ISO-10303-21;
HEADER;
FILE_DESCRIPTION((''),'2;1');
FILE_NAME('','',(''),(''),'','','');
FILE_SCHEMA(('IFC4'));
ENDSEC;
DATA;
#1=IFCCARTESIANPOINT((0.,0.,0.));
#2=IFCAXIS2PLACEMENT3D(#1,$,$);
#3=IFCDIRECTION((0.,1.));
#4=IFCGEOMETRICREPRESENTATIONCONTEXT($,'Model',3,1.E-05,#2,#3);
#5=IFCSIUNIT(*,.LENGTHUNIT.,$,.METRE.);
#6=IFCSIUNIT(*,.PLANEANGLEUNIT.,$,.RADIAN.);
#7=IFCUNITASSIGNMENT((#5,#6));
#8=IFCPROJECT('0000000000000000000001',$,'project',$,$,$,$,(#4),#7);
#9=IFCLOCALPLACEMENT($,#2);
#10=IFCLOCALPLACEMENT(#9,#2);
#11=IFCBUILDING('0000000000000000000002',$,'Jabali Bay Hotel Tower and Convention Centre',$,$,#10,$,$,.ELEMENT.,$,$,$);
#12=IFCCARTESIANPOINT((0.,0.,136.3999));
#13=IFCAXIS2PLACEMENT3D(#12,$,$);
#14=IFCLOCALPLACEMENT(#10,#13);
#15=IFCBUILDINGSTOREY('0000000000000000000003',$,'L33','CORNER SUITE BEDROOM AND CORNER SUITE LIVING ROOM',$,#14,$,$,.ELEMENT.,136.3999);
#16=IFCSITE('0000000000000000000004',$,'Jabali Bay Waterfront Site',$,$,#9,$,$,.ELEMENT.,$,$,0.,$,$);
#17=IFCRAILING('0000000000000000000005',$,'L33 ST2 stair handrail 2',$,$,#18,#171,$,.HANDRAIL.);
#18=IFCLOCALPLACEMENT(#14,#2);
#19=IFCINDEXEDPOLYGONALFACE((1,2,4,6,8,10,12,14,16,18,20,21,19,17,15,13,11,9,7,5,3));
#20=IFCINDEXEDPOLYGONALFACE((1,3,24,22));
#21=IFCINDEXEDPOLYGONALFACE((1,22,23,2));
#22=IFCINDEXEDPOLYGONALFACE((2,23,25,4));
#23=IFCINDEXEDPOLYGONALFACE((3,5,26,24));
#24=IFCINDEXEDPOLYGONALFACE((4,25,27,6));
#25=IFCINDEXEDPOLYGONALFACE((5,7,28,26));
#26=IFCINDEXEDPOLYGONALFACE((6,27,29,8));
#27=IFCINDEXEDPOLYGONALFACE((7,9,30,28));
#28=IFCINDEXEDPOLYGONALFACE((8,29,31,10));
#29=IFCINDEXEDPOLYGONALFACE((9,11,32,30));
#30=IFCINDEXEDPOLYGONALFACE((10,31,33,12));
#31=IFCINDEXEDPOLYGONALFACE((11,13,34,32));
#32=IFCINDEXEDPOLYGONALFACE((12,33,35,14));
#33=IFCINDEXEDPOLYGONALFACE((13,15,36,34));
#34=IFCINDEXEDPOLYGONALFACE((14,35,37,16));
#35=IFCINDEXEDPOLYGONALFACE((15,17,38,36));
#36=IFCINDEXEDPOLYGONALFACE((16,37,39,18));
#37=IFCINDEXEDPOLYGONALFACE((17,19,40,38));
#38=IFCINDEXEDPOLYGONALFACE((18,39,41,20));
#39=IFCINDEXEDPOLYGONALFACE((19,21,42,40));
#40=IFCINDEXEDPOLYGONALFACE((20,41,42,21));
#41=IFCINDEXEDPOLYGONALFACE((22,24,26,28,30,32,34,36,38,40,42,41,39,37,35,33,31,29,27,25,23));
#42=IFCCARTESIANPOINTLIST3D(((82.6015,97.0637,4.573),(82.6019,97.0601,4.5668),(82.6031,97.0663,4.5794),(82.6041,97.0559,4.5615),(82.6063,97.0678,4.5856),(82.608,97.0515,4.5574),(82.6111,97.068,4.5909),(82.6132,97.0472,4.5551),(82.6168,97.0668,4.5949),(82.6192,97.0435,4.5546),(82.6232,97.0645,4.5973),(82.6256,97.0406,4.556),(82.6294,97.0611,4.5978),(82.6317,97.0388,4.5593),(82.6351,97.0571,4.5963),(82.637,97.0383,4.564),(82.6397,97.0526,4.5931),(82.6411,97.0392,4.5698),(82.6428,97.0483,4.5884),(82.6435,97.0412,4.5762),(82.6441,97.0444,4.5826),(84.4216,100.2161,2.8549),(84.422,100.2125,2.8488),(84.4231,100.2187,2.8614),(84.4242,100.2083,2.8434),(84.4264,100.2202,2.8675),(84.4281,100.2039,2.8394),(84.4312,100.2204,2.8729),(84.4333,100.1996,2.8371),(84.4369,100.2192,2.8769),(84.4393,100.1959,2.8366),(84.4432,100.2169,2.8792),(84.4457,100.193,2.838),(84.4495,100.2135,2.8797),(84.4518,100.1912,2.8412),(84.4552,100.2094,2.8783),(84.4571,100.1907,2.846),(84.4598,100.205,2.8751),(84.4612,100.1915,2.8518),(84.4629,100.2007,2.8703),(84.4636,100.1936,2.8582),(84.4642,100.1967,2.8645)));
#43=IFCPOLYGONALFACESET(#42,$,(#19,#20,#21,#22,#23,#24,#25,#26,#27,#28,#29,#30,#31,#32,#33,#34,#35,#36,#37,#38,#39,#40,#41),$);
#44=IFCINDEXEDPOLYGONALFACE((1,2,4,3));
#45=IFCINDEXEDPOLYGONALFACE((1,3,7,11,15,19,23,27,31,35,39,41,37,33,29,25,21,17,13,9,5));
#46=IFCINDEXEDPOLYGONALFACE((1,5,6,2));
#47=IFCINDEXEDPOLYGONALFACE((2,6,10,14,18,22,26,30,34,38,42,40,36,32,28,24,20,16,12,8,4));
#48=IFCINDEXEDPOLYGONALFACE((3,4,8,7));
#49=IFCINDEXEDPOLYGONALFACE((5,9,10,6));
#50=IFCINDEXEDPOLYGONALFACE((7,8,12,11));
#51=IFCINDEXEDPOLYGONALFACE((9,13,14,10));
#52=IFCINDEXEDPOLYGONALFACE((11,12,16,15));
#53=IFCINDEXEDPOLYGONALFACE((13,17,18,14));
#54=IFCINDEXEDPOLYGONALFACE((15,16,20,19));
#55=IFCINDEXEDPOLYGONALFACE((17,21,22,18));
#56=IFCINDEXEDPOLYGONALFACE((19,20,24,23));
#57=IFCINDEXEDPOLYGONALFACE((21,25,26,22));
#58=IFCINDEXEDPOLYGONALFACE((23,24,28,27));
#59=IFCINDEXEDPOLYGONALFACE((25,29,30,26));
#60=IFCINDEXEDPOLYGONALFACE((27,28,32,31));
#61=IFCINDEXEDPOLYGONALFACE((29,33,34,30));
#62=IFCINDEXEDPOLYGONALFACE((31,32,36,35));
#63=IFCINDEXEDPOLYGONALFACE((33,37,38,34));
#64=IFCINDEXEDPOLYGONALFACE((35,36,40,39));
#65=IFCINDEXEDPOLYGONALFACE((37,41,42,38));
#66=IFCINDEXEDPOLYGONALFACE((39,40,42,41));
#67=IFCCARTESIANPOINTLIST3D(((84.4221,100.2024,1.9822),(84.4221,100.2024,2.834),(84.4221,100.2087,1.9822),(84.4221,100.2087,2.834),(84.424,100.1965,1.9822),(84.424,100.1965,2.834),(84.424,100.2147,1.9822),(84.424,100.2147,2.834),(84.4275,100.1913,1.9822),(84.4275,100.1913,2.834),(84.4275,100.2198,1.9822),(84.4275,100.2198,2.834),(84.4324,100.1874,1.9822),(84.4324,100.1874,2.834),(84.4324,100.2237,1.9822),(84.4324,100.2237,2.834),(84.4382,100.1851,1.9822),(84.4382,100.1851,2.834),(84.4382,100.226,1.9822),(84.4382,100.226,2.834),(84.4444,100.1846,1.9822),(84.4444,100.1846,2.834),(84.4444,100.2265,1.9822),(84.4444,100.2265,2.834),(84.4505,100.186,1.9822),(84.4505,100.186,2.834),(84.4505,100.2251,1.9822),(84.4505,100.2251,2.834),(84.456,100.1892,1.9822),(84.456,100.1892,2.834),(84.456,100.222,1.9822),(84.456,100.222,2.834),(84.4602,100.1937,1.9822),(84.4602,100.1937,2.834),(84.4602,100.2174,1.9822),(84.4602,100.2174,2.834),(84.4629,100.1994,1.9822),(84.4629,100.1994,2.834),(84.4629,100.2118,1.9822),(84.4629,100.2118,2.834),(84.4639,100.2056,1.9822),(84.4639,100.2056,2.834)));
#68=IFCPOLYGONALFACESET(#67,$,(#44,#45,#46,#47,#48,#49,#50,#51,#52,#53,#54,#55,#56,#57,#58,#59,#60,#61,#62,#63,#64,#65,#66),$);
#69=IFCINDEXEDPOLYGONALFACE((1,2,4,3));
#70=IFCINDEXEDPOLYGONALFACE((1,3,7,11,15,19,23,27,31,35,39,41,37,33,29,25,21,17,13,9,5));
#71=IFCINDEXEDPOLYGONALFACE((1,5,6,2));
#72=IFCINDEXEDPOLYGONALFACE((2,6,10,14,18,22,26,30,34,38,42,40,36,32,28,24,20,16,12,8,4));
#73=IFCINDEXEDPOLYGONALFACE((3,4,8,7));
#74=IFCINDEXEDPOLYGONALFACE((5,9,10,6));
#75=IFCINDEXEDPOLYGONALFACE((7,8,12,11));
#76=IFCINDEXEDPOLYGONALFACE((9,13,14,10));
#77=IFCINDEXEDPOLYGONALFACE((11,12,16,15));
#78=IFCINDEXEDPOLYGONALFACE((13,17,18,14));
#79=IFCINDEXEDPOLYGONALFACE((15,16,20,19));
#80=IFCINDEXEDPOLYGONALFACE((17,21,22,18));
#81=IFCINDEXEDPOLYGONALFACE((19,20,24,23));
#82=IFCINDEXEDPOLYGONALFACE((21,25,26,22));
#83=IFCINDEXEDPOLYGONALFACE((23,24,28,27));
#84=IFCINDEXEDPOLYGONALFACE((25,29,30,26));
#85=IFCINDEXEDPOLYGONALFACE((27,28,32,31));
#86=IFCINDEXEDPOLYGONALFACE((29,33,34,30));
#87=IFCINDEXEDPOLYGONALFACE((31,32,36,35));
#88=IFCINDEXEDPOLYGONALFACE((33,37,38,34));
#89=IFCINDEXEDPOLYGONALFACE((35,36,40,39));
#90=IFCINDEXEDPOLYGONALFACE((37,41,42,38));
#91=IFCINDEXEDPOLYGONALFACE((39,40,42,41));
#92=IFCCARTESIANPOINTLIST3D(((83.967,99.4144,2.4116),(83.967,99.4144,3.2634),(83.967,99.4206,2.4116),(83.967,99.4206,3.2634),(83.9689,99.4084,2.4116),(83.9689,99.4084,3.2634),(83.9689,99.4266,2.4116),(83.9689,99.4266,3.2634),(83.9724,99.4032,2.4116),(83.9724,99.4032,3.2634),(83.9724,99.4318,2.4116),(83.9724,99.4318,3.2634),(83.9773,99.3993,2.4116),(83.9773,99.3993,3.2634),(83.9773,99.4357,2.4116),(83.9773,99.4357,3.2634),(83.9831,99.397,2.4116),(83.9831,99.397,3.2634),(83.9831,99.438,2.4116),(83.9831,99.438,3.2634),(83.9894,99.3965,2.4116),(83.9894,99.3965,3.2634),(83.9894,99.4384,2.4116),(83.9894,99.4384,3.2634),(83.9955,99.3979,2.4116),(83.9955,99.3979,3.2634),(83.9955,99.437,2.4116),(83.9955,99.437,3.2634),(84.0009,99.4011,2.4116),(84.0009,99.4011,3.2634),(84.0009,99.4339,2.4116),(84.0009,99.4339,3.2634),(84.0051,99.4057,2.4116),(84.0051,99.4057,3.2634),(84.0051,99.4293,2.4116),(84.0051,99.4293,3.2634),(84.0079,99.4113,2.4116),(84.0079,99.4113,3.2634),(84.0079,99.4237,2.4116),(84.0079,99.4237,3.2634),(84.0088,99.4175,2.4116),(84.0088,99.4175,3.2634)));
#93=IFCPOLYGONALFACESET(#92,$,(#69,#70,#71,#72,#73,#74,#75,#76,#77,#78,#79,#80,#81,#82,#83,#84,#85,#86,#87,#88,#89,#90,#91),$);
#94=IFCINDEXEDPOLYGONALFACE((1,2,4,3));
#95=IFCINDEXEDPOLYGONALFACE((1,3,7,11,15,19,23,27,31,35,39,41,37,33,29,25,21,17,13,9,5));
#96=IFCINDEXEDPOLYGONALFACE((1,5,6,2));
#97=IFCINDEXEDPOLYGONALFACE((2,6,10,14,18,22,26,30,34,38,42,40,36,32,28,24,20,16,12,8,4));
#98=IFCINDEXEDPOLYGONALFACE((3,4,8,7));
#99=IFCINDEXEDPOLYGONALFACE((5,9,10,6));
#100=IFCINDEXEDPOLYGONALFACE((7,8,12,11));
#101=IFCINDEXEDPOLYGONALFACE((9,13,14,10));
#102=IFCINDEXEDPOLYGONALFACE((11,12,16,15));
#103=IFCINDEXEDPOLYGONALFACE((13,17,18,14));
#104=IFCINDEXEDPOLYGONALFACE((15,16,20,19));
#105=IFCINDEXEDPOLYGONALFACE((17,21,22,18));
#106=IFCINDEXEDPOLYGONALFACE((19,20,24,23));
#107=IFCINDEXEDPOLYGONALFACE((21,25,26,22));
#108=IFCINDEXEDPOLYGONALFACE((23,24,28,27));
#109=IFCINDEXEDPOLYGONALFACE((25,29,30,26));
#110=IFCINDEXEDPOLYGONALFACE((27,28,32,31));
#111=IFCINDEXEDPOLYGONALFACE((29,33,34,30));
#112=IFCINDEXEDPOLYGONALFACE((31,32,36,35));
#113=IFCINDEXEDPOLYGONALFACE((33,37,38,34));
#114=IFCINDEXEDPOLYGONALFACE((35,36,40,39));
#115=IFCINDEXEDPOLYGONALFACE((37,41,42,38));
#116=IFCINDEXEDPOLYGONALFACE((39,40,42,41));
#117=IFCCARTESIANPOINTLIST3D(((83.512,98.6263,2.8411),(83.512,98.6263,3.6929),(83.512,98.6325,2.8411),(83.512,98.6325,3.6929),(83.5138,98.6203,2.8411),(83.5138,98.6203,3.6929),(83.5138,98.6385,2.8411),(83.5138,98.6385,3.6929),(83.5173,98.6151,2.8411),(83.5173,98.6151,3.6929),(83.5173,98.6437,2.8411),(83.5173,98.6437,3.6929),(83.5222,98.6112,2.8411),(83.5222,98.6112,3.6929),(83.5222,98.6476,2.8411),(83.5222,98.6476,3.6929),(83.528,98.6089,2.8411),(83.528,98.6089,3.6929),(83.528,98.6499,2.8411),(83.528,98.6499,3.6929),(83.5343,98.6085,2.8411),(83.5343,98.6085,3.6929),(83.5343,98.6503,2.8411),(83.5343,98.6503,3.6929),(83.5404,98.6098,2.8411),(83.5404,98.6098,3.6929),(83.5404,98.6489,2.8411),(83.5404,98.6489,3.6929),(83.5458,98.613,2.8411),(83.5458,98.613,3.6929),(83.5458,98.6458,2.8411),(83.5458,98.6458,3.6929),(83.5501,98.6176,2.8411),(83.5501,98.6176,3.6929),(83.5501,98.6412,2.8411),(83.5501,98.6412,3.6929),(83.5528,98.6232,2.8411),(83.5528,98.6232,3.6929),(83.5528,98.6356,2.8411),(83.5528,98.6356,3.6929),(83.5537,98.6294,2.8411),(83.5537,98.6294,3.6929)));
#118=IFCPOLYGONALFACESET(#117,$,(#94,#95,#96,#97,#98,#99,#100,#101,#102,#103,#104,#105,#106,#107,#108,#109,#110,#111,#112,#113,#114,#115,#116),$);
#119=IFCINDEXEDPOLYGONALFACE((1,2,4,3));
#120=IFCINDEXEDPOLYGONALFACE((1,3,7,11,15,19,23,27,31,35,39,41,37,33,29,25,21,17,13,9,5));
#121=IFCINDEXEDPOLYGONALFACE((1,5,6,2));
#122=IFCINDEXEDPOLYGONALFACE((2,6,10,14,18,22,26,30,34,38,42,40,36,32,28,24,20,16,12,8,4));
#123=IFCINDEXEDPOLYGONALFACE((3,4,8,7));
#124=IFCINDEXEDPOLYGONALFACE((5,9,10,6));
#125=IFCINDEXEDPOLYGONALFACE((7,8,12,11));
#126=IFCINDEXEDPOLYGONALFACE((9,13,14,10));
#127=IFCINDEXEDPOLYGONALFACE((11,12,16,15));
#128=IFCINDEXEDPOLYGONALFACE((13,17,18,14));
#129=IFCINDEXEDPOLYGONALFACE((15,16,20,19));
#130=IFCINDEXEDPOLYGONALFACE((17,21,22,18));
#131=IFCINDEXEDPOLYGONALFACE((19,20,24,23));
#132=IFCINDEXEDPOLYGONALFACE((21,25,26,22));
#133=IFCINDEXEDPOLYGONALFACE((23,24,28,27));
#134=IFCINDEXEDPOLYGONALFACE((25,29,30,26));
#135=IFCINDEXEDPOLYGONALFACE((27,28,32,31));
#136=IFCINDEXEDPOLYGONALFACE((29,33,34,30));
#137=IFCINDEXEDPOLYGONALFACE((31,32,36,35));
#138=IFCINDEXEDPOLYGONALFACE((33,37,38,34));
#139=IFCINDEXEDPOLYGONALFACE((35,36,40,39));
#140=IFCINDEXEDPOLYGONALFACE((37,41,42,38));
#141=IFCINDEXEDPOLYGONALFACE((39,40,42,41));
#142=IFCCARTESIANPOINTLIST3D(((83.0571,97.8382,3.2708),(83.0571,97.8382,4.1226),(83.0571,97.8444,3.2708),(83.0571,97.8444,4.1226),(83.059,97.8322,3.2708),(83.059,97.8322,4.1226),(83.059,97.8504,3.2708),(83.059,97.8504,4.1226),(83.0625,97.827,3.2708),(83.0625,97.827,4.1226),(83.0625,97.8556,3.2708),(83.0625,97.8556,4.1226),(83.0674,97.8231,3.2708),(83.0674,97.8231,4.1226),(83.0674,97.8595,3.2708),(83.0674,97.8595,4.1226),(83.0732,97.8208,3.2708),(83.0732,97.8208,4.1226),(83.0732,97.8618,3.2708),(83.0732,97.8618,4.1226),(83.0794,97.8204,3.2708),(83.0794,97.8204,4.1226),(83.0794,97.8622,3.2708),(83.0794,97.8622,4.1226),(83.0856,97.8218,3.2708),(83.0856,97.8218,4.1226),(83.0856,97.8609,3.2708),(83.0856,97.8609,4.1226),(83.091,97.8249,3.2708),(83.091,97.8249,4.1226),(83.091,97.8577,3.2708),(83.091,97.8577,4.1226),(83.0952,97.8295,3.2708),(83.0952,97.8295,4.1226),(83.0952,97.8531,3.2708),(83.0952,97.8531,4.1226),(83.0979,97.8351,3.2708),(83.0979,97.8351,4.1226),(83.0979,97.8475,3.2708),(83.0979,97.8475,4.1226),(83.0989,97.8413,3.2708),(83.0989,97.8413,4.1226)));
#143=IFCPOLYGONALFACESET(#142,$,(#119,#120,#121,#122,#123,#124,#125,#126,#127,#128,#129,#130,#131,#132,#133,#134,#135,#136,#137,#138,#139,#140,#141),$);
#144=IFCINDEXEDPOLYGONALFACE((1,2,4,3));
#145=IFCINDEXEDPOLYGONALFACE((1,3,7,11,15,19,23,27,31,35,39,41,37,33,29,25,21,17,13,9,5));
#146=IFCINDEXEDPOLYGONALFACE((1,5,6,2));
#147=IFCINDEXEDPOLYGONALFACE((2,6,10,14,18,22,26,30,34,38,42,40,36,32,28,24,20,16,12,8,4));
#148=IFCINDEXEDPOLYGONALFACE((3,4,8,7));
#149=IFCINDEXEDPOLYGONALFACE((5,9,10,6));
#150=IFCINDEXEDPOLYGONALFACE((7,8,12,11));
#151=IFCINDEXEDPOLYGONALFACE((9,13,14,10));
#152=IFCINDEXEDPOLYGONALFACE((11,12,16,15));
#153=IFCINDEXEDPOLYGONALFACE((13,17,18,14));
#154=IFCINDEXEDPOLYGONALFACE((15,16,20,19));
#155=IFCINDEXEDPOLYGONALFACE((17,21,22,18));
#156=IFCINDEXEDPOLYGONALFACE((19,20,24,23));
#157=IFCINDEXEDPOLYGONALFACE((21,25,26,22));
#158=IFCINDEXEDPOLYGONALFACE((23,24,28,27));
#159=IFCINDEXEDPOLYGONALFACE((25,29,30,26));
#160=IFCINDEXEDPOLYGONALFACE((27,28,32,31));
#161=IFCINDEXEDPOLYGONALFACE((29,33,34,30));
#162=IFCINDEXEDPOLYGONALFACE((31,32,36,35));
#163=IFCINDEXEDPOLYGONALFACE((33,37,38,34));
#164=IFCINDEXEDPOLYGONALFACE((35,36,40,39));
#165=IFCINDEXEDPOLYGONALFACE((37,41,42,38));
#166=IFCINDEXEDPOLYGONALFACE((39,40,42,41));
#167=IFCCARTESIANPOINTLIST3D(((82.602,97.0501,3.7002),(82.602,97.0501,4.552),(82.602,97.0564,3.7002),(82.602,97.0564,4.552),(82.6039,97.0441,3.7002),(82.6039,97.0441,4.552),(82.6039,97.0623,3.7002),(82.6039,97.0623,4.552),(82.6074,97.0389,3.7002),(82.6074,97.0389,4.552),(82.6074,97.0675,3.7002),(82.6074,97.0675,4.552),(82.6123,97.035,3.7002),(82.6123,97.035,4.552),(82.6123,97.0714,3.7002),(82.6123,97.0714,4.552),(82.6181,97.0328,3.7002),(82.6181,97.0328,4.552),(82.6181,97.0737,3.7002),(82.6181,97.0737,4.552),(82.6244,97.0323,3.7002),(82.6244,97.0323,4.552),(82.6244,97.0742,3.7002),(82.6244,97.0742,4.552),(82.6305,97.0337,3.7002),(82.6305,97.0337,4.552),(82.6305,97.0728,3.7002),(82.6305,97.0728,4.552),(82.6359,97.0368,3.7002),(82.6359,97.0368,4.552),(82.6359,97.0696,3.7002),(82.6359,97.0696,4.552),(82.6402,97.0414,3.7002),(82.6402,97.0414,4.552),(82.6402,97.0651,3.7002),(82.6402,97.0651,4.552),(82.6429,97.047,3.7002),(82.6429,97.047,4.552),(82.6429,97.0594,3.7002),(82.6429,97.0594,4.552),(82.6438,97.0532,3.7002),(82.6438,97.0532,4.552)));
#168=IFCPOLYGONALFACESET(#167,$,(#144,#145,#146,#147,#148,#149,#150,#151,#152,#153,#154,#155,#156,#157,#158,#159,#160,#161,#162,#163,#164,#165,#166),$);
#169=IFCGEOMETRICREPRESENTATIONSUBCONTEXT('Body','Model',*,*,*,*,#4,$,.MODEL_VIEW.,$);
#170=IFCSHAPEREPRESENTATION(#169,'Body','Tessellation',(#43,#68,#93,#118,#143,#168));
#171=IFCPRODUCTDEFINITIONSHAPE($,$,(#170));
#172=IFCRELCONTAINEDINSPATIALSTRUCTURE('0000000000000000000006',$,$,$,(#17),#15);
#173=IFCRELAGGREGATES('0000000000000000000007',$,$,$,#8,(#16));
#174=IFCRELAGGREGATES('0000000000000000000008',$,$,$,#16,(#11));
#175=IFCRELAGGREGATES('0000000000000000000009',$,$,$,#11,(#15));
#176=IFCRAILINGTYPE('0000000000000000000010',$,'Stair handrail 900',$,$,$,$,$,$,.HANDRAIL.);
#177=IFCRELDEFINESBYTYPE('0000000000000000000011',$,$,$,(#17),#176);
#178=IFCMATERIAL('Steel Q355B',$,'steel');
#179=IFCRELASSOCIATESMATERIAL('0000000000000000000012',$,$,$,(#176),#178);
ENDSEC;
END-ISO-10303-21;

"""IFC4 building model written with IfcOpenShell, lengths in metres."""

from ifc_helpers import new_model, si_unit, direction, frame, origin, origin_2d, place, context, subcontext, project, spatial, circle, extrude, material, type_object, element, save


model = new_model("IFC4")

# Units and contexts
model_context = context("Model", 3, precision=1e-05, world=origin(), true_north=direction((0.0, 1.0)))
body_context = subcontext(model_context, "Body", "Model", "MODEL_VIEW")
ifc_project = project(units=[si_unit("LENGTHUNIT", "METRE"), si_unit("PLANEANGLEUNIT", "RADIAN")], contexts=[model_context])

# Site, building, storey
site_placement = place(None, origin())
site = spatial("IfcSite", under=ifc_project, at=site_placement, Name="Jabali Bay Waterfront Site", CompositionType="ELEMENT", RefElevation=0.0)
building_placement = place(site_placement, origin())
building = spatial("IfcBuilding", under=site, at=building_placement, Name="Jabali Bay Hotel Tower and Convention Centre", CompositionType="ELEMENT")
storey_placement = place(building_placement, frame((0.0, 0.0, 136.3999)))
storey = spatial("IfcBuildingStorey", under=building, at=storey_placement, Name="L33", Description="CORNER SUITE BEDROOM AND CORNER SUITE LIVING ROOM", CompositionType="ELEMENT", Elevation=136.3999)

# Railing
ifc_material_1 = material(Name="Steel Q355B", Category="steel")
railing_type_1 = type_object("IfcRailingType", Name="Stair handrail 900", PredefinedType="HANDRAIL", material=ifc_material_1)
railing_1_placement = place(storey_placement, frame((84.4429, 100.2056, 1.9822)))
element("IfcRailing", 1, at=railing_1_placement, inside=storey, type_object=railing_type_1, Name="L33 ST2 stair handrail 2", PredefinedType="HANDRAIL", context=body_context, shape_type="SweptSolid", body=[
    extrude(circle(Radius=0.0239, at=origin_2d()), frame((0.0, 0.0, 0.876), z_axis=(-0.452179, -0.78317, 0.426825), x_axis=(0.866018, -0.500013, 0.0)), (0.0, 0.0, 1.0), 4.0251),
    extrude(circle(Radius=0.021, at=origin_2d()), origin(), (0.0, 0.0, 1.0), 0.8518),
    extrude(circle(Radius=0.021, at=origin_2d()), frame((-0.4551, -0.7881, 0.4294)), (0.0, 0.0, 1.0), 0.8518),
    extrude(circle(Radius=0.021, at=origin_2d()), frame((-0.9102, -1.5762, 0.8589)), (0.0, 0.0, 1.0), 0.8518),
    extrude(circle(Radius=0.021, at=origin_2d()), frame((-1.365, -2.3643, 1.2886)), (0.0, 0.0, 1.0), 0.8518),
    extrude(circle(Radius=0.021, at=origin_2d()), frame((-1.8201, -3.1523, 1.718)), (0.0, 0.0, 1.0), 0.8518),
])

save(model, "model.ifc")
